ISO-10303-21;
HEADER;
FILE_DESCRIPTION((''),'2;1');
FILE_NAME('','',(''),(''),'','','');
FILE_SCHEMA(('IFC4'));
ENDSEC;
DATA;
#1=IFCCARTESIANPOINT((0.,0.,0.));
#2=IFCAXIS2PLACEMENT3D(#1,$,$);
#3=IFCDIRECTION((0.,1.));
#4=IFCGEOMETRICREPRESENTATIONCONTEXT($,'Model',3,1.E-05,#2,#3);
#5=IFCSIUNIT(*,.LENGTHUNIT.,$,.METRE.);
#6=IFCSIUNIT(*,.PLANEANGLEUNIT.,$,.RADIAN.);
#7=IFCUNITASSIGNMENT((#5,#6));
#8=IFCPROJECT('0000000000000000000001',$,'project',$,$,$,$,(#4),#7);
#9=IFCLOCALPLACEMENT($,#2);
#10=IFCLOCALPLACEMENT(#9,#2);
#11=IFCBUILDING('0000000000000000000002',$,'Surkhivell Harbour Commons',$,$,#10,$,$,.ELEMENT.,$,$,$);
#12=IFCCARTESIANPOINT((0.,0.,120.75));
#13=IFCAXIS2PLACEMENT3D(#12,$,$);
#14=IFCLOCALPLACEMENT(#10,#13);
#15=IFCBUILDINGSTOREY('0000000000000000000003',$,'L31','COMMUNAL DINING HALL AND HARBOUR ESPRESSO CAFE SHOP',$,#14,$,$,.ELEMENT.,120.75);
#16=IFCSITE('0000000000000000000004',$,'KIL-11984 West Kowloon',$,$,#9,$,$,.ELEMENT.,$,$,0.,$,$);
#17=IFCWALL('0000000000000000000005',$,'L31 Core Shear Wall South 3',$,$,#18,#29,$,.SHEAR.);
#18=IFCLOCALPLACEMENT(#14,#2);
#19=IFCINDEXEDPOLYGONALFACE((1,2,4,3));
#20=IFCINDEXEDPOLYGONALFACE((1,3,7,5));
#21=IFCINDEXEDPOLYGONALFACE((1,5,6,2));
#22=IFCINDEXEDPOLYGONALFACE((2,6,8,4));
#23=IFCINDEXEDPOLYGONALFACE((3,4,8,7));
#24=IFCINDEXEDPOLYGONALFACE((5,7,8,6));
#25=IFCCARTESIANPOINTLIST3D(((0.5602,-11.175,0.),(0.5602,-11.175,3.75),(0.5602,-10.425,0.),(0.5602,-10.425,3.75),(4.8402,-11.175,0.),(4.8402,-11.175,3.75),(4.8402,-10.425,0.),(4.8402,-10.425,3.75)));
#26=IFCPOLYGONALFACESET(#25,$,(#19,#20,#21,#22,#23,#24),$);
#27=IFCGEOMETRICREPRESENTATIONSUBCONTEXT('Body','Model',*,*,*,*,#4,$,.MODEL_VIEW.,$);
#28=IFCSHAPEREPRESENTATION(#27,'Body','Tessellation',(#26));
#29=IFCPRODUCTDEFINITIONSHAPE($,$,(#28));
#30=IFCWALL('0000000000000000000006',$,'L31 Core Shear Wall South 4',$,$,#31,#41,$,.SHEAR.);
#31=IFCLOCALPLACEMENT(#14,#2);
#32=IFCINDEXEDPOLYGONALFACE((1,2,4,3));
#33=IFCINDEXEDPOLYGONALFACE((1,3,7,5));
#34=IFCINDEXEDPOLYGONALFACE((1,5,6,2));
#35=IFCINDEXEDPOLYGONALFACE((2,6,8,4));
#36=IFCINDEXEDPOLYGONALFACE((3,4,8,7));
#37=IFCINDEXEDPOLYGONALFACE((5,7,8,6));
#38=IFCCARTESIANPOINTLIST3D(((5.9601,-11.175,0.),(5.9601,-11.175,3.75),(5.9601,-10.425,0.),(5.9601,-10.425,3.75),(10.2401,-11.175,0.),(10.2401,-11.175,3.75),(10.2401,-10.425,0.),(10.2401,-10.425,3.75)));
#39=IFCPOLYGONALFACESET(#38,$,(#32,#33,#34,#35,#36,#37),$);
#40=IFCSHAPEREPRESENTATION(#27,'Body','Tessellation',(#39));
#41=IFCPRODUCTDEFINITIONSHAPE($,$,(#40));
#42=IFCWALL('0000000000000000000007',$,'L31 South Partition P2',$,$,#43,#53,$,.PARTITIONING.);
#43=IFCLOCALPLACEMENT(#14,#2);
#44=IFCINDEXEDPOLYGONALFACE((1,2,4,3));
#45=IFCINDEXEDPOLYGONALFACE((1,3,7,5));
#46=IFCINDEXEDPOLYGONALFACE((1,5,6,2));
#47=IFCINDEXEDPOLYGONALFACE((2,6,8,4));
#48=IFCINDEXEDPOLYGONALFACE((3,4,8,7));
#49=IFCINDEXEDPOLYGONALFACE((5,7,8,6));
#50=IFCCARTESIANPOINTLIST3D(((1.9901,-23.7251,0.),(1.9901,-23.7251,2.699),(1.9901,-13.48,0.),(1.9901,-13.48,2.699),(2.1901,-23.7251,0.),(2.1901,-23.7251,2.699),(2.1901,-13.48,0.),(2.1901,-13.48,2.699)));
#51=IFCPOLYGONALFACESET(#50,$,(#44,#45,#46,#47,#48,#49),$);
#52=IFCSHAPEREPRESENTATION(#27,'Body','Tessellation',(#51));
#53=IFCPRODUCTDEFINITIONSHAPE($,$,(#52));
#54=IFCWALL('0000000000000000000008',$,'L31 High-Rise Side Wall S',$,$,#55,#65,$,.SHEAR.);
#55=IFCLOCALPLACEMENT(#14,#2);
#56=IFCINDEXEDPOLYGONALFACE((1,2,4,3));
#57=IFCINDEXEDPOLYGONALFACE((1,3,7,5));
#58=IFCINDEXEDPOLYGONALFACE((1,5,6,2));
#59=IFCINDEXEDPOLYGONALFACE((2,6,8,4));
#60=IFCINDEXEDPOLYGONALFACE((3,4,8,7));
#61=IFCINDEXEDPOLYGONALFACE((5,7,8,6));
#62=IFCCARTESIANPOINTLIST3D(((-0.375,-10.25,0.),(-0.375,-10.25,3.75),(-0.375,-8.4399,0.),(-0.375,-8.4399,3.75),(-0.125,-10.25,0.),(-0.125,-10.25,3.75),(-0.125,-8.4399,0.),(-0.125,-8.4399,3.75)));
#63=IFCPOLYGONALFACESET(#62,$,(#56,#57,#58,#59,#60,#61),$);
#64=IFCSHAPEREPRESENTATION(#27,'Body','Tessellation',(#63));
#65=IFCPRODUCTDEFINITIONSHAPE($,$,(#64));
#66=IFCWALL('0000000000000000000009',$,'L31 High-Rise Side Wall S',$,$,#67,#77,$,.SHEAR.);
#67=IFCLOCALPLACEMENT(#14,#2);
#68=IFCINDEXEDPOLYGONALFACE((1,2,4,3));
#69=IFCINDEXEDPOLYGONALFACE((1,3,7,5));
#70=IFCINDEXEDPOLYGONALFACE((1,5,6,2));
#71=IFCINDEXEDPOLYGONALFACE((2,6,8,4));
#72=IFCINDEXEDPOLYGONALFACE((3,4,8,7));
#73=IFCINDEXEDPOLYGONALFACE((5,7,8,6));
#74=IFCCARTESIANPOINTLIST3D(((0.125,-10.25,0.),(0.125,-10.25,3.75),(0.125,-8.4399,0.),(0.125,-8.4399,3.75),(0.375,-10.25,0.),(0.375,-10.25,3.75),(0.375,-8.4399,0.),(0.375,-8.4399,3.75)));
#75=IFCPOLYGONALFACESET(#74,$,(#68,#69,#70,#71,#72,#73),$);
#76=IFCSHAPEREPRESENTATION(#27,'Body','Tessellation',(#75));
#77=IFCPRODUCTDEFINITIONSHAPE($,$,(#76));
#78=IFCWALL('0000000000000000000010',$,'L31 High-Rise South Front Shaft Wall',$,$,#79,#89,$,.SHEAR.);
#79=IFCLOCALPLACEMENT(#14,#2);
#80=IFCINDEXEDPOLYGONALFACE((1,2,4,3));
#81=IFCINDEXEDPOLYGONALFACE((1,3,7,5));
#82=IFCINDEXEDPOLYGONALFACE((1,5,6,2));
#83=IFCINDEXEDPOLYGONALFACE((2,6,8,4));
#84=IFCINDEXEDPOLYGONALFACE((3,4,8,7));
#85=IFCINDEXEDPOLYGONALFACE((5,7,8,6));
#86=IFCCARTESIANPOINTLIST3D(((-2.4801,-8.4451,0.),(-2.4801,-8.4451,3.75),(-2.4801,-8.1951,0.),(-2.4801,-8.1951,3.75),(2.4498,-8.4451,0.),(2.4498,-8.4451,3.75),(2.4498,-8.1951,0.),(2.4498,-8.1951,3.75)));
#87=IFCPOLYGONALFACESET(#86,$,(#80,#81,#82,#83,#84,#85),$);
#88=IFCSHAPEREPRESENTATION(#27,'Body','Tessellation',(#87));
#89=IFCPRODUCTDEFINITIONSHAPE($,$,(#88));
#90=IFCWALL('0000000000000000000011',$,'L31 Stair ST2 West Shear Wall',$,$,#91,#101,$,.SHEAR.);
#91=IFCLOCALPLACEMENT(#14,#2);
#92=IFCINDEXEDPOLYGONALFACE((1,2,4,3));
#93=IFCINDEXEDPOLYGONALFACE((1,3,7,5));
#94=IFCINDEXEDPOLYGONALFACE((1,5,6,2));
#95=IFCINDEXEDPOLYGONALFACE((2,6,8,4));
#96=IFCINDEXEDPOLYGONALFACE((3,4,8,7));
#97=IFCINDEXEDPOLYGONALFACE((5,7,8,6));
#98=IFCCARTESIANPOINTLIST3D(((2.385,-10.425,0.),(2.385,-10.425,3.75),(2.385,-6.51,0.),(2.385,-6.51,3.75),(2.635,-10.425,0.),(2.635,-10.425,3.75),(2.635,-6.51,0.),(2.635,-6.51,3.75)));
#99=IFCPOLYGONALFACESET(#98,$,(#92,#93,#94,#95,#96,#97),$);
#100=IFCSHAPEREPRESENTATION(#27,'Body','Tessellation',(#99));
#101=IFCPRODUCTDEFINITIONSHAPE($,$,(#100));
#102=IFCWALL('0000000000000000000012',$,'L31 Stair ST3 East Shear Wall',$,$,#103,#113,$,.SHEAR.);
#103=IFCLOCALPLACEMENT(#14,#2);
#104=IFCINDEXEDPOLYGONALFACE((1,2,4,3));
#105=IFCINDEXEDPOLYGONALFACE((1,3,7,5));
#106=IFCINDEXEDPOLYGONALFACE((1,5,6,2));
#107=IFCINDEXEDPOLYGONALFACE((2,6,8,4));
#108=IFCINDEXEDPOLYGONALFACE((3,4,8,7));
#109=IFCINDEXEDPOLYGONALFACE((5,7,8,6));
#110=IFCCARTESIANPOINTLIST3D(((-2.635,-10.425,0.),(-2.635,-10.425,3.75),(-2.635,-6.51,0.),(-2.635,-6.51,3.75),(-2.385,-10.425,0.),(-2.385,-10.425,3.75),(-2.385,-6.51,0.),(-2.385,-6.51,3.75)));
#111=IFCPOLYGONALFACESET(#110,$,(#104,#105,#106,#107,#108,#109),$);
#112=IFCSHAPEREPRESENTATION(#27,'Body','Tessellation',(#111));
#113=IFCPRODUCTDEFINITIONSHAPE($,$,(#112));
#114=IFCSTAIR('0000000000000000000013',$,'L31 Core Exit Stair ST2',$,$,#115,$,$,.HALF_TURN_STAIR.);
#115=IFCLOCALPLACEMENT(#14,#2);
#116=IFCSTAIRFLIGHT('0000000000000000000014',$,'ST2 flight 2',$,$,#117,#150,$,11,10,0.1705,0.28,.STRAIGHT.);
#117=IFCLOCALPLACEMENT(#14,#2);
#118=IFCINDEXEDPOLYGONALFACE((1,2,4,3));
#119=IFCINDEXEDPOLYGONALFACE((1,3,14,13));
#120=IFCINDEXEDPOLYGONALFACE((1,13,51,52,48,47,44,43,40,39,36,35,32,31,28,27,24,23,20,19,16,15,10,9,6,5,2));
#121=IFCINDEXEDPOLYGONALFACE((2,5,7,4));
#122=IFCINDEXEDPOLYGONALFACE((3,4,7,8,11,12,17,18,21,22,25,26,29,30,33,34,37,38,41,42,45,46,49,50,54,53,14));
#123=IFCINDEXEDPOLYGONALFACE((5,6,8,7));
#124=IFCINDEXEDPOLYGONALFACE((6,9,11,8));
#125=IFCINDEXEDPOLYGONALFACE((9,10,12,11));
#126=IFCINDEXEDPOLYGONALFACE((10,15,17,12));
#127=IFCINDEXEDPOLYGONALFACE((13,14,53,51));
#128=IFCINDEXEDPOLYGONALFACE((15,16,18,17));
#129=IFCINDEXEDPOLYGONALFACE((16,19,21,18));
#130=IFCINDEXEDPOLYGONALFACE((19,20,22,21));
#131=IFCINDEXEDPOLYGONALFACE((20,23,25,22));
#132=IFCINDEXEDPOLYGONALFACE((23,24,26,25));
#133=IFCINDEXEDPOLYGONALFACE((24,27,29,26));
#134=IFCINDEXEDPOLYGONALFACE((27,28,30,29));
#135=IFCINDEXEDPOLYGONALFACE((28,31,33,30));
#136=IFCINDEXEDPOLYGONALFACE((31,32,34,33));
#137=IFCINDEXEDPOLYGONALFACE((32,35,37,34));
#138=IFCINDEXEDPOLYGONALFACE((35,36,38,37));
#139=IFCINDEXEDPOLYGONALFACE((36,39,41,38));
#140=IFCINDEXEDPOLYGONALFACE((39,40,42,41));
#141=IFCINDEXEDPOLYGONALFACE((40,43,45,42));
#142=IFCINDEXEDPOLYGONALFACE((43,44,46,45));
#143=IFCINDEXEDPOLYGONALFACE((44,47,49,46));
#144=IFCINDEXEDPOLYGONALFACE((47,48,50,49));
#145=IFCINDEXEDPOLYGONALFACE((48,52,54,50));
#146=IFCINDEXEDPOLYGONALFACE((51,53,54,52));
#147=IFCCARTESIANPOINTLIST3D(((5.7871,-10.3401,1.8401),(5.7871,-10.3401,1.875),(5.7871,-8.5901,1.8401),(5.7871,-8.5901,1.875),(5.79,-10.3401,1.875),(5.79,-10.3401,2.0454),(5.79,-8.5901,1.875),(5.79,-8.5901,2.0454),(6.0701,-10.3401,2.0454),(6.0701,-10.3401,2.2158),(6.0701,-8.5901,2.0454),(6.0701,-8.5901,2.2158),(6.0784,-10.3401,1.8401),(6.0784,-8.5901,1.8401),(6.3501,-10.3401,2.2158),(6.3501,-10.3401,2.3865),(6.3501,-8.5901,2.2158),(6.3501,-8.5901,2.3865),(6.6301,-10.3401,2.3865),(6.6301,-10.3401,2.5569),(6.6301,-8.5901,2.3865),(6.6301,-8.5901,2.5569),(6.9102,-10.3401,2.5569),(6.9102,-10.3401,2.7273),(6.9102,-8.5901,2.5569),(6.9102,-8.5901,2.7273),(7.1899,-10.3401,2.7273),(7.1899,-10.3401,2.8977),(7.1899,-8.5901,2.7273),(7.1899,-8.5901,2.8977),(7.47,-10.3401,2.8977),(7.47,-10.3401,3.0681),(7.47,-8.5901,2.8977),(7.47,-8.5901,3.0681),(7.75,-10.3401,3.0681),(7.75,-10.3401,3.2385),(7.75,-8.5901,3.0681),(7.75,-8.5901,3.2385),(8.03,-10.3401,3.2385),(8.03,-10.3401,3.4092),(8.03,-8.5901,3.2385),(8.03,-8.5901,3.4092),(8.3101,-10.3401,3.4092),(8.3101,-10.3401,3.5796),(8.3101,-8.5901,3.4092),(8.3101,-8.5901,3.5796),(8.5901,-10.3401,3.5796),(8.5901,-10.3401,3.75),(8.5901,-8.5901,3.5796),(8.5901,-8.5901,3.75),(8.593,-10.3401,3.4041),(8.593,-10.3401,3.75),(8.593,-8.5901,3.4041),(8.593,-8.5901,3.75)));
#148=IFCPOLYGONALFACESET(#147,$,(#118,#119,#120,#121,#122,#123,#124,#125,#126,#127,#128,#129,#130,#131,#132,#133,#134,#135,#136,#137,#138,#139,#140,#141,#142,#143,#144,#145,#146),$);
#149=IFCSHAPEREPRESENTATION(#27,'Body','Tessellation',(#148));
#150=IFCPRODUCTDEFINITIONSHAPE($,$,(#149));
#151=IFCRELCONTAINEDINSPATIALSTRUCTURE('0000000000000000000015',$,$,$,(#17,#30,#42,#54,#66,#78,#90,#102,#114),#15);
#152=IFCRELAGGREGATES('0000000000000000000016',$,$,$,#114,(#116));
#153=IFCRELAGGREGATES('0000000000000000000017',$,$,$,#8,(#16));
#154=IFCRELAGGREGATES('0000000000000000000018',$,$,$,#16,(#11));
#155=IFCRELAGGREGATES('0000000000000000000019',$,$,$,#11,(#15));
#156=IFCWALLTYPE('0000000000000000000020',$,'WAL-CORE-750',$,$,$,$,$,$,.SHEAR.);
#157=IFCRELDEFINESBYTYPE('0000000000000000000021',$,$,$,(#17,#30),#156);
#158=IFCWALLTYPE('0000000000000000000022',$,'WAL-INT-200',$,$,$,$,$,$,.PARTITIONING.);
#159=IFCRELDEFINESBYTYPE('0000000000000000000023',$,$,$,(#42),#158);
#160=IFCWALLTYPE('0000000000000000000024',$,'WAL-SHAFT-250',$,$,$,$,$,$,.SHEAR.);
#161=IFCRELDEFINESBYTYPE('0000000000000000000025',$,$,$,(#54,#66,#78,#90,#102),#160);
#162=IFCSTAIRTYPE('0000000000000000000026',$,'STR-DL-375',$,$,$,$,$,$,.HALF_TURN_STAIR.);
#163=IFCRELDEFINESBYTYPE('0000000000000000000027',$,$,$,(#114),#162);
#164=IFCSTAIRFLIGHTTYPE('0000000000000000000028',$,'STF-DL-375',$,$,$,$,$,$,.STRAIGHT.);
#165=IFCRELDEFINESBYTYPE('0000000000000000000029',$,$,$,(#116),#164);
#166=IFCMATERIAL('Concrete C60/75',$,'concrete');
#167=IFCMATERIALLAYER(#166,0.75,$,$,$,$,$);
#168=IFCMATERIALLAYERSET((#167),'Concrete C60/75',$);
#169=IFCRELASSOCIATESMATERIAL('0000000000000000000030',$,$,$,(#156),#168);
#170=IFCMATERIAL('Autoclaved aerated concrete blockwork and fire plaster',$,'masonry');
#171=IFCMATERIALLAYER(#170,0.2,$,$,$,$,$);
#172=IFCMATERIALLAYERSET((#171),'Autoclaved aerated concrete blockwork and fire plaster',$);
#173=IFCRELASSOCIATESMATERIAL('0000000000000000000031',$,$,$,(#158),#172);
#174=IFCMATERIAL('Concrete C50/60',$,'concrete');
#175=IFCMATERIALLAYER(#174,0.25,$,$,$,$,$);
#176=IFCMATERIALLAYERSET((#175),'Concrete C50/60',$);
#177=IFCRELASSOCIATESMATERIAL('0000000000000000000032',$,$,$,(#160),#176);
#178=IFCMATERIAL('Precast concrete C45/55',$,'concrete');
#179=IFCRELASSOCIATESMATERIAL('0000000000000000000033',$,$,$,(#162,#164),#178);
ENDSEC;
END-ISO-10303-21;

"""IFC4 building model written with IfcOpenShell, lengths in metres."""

from ifc_helpers import new_model, si_unit, direction, frame, frame_2d, origin, place, context, subcontext, project, spatial, polyline, rectangle, outline, extrude, material, layer, layer_set, type_object, element, aggregate, save


model = new_model("IFC4")

# Units and contexts
model_context = context("Model", 3, precision=1e-05, world=origin(), true_north=direction((0.0, 1.0)))
body_context = subcontext(model_context, "Body", "Model", "MODEL_VIEW")
ifc_project = project(units=[si_unit("LENGTHUNIT", "METRE"), si_unit("PLANEANGLEUNIT", "RADIAN")], contexts=[model_context])

# Site, building, storey
site_placement = place(None, origin())
site = spatial("IfcSite", under=ifc_project, at=site_placement, Name="KIL-11984 West Kowloon", CompositionType="ELEMENT", RefElevation=0.0)
building_placement = place(site_placement, origin())
building = spatial("IfcBuilding", under=site, at=building_placement, Name="Surkhivell Harbour Commons", CompositionType="ELEMENT")
storey_placement = place(building_placement, frame((0.0, 0.0, 120.75)))
storey = spatial("IfcBuildingStorey", under=building, at=storey_placement, Name="L31", Description="COMMUNAL DINING HALL AND HARBOUR ESPRESSO CAFE SHOP", CompositionType="ELEMENT", Elevation=120.75)

# Shared definitions
ifc_material_1 = material(Name="Concrete C60/75", Category="concrete")

# Walls
ifc_layer_1 = layer(ifc_material_1, 0.75)
ifc_layer_set_1 = layer_set([ifc_layer_1], Name="Concrete C60/75")
wall_type_1 = type_object("IfcWallType", Name="WAL-CORE-750", PredefinedType="SHEAR", material=ifc_layer_set_1)
for number, where, z_axis, x_axis, name in (
    (1, (0.5601, -10.8, 0.0), (0.0, 0.0, 1.0), (1.0, 0.0, 0.0), "L31 Core Shear Wall South 3"),
    (2, (5.96, -10.8, 0.0), (0.0, 0.0, 1.0), (1.0, 0.0, 0.0), "L31 Core Shear Wall South 4"),
):
    element("IfcWall", number, at=place(storey_placement, frame(where, z_axis=z_axis, x_axis=x_axis)), inside=storey, type_object=wall_type_1, Name=name, PredefinedType="SHEAR", context=body_context, shape_type="SweptSolid", body=[
        extrude(rectangle(XDim=4.28, YDim=0.75, at=frame_2d((2.1401, 0.0))), origin(), (0.0, 0.0, 1.0), 3.75),
    ])
ifc_material_2 = material(Name="Autoclaved aerated concrete blockwork and fire plaster", Category="masonry")
ifc_layer_2 = layer(ifc_material_2, 0.2)
ifc_layer_set_2 = layer_set([ifc_layer_2], Name="Autoclaved aerated concrete blockwork and fire plaster")
wall_type_2 = type_object("IfcWallType", Name="WAL-INT-200", PredefinedType="PARTITIONING", material=ifc_layer_set_2)
wall_1_placement = place(storey_placement, frame((2.0901, -23.7251, 0.0), z_axis=(0.0, 0.0, 1.0), x_axis=(0.0, 1.0, 0.0)))
element("IfcWall", 3, at=wall_1_placement, inside=storey, type_object=wall_type_2, Name="L31 South Partition P2", PredefinedType="PARTITIONING", context=body_context, shape_type="SweptSolid", body=[
    extrude(rectangle(XDim=10.2451, YDim=0.2, at=frame_2d((5.1226, 0.0))), origin(), (0.0, 0.0, 1.0), 2.699),
])
ifc_material_3 = material(Name="Concrete C50/60", Category="concrete")
ifc_layer_3 = layer(ifc_material_3, 0.25)
ifc_layer_set_3 = layer_set([ifc_layer_3], Name="Concrete C50/60")
wall_type_3 = type_object("IfcWallType", Name="WAL-SHAFT-250", PredefinedType="SHEAR", material=ifc_layer_set_3)
for number, where, z_axis, x_axis, name in (
    (4, (-0.25, -10.25, 0.0), (0.0, 0.0, 1.0), (0.0, 1.0, 0.0), "L31 High-Rise Side Wall S"),
    (5, (0.25, -10.25, 0.0), (0.0, 0.0, 1.0), (0.0, 1.0, 0.0), "L31 High-Rise Side Wall S"),
):
    element("IfcWall", number, at=place(storey_placement, frame(where, z_axis=z_axis, x_axis=x_axis)), inside=storey, type_object=wall_type_3, Name=name, PredefinedType="SHEAR", context=body_context, shape_type="SweptSolid", body=[
        extrude(rectangle(XDim=1.8101, YDim=0.25, at=frame_2d((0.905, 0.0))), origin(), (0.0, 0.0, 1.0), 3.75),
    ])
wall_2_placement = place(storey_placement, frame((-2.48, -8.3201, 0.0), z_axis=(0.0, 0.0, 1.0), x_axis=(1.0, 0.0, 0.0)))
element("IfcWall", 6, at=wall_2_placement, inside=storey, type_object=wall_type_3, Name="L31 High-Rise South Front Shaft Wall", PredefinedType="SHEAR", context=body_context, shape_type="SweptSolid", body=[
    extrude(rectangle(XDim=4.9299, YDim=0.25, at=frame_2d((2.4648, 0.0))), origin(), (0.0, 0.0, 1.0), 3.75),
])
for number, where, z_axis, x_axis, name in (
    (7, (2.51, -10.425, 0.0), (0.0, 0.0, 1.0), (0.0, 1.0, 0.0), "L31 Stair ST2 West Shear Wall"),
    (8, (-2.51, -10.425, 0.0), (0.0, 0.0, 1.0), (0.0, 1.0, 0.0), "L31 Stair ST3 East Shear Wall"),
):
    element("IfcWall", number, at=place(storey_placement, frame(where, z_axis=z_axis, x_axis=x_axis)), inside=storey, type_object=wall_type_3, Name=name, PredefinedType="SHEAR", context=body_context, shape_type="SweptSolid", body=[
        extrude(rectangle(XDim=3.915, YDim=0.25, at=frame_2d((1.9575, 0.0))), origin(), (0.0, 0.0, 1.0), 3.75),
    ])

# Stair, stair flight
ifc_material_4 = material(Name="Precast concrete C45/55", Category="concrete")
stair_type = type_object("IfcStairType", Name="STR-DL-375", PredefinedType="HALF_TURN_STAIR", material=ifc_material_4)
stair_placement = place(storey_placement, origin())
stair = element("IfcStair", 9, at=stair_placement, inside=storey, type_object=stair_type, Name="L31 Core Exit Stair ST2", PredefinedType="HALF_TURN_STAIR")
stair_flight_type = type_object("IfcStairFlightType", Name="STF-DL-375", PredefinedType="STRAIGHT", material=ifc_material_4)
stair_flight_placement = place(storey_placement, frame((5.79, -9.4651, 1.875), z_axis=(0.0, 0.0, 1.0), x_axis=(1.0, 0.0, 0.0)))
stair_flight = element("IfcStairFlight", 10, at=stair_flight_placement, type_object=stair_flight_type, Name="ST2 flight 2", NumberOfRisers=11, NumberOfTreads=10, PredefinedType="STRAIGHT", RiserHeight=0.1705, TreadLength=0.28, context=body_context, shape_type="SweptSolid", body=[
    extrude(outline(polyline([(-0.0029, -0.0349), (-0.0029, 0.0), (0.0, 0.0), (0.0, 0.1704), (0.28, 0.1704), (0.28, 0.3408), (0.5601, 0.3408), (0.5601, 0.5115), (0.8401, 0.5115), (0.8401, 0.6819), (1.1201, 0.6819), (1.1201, 0.8523), (1.3999, 0.8523), (1.3999, 1.0227), (1.6799, 1.0227), (1.6799, 1.1931), (1.96, 1.1931), (1.96, 1.3635), (2.24, 1.3635), (2.24, 1.5342), (2.52, 1.5342), (2.52, 1.7046), (2.8, 1.7046), (2.8, 1.875), (2.803, 1.875), (2.803, 1.5291), (0.2883, -0.0349), (-0.0029, -0.0349)])), frame((0.0, 0.875, 0.0), z_axis=(0.0, -1.0, 0.0), x_axis=(1.0, 0.0, 0.0)), (0.0, 0.0, 1.0), 1.75),
])
aggregate(stair, [stair_flight])

save(model, "model.ifc")
